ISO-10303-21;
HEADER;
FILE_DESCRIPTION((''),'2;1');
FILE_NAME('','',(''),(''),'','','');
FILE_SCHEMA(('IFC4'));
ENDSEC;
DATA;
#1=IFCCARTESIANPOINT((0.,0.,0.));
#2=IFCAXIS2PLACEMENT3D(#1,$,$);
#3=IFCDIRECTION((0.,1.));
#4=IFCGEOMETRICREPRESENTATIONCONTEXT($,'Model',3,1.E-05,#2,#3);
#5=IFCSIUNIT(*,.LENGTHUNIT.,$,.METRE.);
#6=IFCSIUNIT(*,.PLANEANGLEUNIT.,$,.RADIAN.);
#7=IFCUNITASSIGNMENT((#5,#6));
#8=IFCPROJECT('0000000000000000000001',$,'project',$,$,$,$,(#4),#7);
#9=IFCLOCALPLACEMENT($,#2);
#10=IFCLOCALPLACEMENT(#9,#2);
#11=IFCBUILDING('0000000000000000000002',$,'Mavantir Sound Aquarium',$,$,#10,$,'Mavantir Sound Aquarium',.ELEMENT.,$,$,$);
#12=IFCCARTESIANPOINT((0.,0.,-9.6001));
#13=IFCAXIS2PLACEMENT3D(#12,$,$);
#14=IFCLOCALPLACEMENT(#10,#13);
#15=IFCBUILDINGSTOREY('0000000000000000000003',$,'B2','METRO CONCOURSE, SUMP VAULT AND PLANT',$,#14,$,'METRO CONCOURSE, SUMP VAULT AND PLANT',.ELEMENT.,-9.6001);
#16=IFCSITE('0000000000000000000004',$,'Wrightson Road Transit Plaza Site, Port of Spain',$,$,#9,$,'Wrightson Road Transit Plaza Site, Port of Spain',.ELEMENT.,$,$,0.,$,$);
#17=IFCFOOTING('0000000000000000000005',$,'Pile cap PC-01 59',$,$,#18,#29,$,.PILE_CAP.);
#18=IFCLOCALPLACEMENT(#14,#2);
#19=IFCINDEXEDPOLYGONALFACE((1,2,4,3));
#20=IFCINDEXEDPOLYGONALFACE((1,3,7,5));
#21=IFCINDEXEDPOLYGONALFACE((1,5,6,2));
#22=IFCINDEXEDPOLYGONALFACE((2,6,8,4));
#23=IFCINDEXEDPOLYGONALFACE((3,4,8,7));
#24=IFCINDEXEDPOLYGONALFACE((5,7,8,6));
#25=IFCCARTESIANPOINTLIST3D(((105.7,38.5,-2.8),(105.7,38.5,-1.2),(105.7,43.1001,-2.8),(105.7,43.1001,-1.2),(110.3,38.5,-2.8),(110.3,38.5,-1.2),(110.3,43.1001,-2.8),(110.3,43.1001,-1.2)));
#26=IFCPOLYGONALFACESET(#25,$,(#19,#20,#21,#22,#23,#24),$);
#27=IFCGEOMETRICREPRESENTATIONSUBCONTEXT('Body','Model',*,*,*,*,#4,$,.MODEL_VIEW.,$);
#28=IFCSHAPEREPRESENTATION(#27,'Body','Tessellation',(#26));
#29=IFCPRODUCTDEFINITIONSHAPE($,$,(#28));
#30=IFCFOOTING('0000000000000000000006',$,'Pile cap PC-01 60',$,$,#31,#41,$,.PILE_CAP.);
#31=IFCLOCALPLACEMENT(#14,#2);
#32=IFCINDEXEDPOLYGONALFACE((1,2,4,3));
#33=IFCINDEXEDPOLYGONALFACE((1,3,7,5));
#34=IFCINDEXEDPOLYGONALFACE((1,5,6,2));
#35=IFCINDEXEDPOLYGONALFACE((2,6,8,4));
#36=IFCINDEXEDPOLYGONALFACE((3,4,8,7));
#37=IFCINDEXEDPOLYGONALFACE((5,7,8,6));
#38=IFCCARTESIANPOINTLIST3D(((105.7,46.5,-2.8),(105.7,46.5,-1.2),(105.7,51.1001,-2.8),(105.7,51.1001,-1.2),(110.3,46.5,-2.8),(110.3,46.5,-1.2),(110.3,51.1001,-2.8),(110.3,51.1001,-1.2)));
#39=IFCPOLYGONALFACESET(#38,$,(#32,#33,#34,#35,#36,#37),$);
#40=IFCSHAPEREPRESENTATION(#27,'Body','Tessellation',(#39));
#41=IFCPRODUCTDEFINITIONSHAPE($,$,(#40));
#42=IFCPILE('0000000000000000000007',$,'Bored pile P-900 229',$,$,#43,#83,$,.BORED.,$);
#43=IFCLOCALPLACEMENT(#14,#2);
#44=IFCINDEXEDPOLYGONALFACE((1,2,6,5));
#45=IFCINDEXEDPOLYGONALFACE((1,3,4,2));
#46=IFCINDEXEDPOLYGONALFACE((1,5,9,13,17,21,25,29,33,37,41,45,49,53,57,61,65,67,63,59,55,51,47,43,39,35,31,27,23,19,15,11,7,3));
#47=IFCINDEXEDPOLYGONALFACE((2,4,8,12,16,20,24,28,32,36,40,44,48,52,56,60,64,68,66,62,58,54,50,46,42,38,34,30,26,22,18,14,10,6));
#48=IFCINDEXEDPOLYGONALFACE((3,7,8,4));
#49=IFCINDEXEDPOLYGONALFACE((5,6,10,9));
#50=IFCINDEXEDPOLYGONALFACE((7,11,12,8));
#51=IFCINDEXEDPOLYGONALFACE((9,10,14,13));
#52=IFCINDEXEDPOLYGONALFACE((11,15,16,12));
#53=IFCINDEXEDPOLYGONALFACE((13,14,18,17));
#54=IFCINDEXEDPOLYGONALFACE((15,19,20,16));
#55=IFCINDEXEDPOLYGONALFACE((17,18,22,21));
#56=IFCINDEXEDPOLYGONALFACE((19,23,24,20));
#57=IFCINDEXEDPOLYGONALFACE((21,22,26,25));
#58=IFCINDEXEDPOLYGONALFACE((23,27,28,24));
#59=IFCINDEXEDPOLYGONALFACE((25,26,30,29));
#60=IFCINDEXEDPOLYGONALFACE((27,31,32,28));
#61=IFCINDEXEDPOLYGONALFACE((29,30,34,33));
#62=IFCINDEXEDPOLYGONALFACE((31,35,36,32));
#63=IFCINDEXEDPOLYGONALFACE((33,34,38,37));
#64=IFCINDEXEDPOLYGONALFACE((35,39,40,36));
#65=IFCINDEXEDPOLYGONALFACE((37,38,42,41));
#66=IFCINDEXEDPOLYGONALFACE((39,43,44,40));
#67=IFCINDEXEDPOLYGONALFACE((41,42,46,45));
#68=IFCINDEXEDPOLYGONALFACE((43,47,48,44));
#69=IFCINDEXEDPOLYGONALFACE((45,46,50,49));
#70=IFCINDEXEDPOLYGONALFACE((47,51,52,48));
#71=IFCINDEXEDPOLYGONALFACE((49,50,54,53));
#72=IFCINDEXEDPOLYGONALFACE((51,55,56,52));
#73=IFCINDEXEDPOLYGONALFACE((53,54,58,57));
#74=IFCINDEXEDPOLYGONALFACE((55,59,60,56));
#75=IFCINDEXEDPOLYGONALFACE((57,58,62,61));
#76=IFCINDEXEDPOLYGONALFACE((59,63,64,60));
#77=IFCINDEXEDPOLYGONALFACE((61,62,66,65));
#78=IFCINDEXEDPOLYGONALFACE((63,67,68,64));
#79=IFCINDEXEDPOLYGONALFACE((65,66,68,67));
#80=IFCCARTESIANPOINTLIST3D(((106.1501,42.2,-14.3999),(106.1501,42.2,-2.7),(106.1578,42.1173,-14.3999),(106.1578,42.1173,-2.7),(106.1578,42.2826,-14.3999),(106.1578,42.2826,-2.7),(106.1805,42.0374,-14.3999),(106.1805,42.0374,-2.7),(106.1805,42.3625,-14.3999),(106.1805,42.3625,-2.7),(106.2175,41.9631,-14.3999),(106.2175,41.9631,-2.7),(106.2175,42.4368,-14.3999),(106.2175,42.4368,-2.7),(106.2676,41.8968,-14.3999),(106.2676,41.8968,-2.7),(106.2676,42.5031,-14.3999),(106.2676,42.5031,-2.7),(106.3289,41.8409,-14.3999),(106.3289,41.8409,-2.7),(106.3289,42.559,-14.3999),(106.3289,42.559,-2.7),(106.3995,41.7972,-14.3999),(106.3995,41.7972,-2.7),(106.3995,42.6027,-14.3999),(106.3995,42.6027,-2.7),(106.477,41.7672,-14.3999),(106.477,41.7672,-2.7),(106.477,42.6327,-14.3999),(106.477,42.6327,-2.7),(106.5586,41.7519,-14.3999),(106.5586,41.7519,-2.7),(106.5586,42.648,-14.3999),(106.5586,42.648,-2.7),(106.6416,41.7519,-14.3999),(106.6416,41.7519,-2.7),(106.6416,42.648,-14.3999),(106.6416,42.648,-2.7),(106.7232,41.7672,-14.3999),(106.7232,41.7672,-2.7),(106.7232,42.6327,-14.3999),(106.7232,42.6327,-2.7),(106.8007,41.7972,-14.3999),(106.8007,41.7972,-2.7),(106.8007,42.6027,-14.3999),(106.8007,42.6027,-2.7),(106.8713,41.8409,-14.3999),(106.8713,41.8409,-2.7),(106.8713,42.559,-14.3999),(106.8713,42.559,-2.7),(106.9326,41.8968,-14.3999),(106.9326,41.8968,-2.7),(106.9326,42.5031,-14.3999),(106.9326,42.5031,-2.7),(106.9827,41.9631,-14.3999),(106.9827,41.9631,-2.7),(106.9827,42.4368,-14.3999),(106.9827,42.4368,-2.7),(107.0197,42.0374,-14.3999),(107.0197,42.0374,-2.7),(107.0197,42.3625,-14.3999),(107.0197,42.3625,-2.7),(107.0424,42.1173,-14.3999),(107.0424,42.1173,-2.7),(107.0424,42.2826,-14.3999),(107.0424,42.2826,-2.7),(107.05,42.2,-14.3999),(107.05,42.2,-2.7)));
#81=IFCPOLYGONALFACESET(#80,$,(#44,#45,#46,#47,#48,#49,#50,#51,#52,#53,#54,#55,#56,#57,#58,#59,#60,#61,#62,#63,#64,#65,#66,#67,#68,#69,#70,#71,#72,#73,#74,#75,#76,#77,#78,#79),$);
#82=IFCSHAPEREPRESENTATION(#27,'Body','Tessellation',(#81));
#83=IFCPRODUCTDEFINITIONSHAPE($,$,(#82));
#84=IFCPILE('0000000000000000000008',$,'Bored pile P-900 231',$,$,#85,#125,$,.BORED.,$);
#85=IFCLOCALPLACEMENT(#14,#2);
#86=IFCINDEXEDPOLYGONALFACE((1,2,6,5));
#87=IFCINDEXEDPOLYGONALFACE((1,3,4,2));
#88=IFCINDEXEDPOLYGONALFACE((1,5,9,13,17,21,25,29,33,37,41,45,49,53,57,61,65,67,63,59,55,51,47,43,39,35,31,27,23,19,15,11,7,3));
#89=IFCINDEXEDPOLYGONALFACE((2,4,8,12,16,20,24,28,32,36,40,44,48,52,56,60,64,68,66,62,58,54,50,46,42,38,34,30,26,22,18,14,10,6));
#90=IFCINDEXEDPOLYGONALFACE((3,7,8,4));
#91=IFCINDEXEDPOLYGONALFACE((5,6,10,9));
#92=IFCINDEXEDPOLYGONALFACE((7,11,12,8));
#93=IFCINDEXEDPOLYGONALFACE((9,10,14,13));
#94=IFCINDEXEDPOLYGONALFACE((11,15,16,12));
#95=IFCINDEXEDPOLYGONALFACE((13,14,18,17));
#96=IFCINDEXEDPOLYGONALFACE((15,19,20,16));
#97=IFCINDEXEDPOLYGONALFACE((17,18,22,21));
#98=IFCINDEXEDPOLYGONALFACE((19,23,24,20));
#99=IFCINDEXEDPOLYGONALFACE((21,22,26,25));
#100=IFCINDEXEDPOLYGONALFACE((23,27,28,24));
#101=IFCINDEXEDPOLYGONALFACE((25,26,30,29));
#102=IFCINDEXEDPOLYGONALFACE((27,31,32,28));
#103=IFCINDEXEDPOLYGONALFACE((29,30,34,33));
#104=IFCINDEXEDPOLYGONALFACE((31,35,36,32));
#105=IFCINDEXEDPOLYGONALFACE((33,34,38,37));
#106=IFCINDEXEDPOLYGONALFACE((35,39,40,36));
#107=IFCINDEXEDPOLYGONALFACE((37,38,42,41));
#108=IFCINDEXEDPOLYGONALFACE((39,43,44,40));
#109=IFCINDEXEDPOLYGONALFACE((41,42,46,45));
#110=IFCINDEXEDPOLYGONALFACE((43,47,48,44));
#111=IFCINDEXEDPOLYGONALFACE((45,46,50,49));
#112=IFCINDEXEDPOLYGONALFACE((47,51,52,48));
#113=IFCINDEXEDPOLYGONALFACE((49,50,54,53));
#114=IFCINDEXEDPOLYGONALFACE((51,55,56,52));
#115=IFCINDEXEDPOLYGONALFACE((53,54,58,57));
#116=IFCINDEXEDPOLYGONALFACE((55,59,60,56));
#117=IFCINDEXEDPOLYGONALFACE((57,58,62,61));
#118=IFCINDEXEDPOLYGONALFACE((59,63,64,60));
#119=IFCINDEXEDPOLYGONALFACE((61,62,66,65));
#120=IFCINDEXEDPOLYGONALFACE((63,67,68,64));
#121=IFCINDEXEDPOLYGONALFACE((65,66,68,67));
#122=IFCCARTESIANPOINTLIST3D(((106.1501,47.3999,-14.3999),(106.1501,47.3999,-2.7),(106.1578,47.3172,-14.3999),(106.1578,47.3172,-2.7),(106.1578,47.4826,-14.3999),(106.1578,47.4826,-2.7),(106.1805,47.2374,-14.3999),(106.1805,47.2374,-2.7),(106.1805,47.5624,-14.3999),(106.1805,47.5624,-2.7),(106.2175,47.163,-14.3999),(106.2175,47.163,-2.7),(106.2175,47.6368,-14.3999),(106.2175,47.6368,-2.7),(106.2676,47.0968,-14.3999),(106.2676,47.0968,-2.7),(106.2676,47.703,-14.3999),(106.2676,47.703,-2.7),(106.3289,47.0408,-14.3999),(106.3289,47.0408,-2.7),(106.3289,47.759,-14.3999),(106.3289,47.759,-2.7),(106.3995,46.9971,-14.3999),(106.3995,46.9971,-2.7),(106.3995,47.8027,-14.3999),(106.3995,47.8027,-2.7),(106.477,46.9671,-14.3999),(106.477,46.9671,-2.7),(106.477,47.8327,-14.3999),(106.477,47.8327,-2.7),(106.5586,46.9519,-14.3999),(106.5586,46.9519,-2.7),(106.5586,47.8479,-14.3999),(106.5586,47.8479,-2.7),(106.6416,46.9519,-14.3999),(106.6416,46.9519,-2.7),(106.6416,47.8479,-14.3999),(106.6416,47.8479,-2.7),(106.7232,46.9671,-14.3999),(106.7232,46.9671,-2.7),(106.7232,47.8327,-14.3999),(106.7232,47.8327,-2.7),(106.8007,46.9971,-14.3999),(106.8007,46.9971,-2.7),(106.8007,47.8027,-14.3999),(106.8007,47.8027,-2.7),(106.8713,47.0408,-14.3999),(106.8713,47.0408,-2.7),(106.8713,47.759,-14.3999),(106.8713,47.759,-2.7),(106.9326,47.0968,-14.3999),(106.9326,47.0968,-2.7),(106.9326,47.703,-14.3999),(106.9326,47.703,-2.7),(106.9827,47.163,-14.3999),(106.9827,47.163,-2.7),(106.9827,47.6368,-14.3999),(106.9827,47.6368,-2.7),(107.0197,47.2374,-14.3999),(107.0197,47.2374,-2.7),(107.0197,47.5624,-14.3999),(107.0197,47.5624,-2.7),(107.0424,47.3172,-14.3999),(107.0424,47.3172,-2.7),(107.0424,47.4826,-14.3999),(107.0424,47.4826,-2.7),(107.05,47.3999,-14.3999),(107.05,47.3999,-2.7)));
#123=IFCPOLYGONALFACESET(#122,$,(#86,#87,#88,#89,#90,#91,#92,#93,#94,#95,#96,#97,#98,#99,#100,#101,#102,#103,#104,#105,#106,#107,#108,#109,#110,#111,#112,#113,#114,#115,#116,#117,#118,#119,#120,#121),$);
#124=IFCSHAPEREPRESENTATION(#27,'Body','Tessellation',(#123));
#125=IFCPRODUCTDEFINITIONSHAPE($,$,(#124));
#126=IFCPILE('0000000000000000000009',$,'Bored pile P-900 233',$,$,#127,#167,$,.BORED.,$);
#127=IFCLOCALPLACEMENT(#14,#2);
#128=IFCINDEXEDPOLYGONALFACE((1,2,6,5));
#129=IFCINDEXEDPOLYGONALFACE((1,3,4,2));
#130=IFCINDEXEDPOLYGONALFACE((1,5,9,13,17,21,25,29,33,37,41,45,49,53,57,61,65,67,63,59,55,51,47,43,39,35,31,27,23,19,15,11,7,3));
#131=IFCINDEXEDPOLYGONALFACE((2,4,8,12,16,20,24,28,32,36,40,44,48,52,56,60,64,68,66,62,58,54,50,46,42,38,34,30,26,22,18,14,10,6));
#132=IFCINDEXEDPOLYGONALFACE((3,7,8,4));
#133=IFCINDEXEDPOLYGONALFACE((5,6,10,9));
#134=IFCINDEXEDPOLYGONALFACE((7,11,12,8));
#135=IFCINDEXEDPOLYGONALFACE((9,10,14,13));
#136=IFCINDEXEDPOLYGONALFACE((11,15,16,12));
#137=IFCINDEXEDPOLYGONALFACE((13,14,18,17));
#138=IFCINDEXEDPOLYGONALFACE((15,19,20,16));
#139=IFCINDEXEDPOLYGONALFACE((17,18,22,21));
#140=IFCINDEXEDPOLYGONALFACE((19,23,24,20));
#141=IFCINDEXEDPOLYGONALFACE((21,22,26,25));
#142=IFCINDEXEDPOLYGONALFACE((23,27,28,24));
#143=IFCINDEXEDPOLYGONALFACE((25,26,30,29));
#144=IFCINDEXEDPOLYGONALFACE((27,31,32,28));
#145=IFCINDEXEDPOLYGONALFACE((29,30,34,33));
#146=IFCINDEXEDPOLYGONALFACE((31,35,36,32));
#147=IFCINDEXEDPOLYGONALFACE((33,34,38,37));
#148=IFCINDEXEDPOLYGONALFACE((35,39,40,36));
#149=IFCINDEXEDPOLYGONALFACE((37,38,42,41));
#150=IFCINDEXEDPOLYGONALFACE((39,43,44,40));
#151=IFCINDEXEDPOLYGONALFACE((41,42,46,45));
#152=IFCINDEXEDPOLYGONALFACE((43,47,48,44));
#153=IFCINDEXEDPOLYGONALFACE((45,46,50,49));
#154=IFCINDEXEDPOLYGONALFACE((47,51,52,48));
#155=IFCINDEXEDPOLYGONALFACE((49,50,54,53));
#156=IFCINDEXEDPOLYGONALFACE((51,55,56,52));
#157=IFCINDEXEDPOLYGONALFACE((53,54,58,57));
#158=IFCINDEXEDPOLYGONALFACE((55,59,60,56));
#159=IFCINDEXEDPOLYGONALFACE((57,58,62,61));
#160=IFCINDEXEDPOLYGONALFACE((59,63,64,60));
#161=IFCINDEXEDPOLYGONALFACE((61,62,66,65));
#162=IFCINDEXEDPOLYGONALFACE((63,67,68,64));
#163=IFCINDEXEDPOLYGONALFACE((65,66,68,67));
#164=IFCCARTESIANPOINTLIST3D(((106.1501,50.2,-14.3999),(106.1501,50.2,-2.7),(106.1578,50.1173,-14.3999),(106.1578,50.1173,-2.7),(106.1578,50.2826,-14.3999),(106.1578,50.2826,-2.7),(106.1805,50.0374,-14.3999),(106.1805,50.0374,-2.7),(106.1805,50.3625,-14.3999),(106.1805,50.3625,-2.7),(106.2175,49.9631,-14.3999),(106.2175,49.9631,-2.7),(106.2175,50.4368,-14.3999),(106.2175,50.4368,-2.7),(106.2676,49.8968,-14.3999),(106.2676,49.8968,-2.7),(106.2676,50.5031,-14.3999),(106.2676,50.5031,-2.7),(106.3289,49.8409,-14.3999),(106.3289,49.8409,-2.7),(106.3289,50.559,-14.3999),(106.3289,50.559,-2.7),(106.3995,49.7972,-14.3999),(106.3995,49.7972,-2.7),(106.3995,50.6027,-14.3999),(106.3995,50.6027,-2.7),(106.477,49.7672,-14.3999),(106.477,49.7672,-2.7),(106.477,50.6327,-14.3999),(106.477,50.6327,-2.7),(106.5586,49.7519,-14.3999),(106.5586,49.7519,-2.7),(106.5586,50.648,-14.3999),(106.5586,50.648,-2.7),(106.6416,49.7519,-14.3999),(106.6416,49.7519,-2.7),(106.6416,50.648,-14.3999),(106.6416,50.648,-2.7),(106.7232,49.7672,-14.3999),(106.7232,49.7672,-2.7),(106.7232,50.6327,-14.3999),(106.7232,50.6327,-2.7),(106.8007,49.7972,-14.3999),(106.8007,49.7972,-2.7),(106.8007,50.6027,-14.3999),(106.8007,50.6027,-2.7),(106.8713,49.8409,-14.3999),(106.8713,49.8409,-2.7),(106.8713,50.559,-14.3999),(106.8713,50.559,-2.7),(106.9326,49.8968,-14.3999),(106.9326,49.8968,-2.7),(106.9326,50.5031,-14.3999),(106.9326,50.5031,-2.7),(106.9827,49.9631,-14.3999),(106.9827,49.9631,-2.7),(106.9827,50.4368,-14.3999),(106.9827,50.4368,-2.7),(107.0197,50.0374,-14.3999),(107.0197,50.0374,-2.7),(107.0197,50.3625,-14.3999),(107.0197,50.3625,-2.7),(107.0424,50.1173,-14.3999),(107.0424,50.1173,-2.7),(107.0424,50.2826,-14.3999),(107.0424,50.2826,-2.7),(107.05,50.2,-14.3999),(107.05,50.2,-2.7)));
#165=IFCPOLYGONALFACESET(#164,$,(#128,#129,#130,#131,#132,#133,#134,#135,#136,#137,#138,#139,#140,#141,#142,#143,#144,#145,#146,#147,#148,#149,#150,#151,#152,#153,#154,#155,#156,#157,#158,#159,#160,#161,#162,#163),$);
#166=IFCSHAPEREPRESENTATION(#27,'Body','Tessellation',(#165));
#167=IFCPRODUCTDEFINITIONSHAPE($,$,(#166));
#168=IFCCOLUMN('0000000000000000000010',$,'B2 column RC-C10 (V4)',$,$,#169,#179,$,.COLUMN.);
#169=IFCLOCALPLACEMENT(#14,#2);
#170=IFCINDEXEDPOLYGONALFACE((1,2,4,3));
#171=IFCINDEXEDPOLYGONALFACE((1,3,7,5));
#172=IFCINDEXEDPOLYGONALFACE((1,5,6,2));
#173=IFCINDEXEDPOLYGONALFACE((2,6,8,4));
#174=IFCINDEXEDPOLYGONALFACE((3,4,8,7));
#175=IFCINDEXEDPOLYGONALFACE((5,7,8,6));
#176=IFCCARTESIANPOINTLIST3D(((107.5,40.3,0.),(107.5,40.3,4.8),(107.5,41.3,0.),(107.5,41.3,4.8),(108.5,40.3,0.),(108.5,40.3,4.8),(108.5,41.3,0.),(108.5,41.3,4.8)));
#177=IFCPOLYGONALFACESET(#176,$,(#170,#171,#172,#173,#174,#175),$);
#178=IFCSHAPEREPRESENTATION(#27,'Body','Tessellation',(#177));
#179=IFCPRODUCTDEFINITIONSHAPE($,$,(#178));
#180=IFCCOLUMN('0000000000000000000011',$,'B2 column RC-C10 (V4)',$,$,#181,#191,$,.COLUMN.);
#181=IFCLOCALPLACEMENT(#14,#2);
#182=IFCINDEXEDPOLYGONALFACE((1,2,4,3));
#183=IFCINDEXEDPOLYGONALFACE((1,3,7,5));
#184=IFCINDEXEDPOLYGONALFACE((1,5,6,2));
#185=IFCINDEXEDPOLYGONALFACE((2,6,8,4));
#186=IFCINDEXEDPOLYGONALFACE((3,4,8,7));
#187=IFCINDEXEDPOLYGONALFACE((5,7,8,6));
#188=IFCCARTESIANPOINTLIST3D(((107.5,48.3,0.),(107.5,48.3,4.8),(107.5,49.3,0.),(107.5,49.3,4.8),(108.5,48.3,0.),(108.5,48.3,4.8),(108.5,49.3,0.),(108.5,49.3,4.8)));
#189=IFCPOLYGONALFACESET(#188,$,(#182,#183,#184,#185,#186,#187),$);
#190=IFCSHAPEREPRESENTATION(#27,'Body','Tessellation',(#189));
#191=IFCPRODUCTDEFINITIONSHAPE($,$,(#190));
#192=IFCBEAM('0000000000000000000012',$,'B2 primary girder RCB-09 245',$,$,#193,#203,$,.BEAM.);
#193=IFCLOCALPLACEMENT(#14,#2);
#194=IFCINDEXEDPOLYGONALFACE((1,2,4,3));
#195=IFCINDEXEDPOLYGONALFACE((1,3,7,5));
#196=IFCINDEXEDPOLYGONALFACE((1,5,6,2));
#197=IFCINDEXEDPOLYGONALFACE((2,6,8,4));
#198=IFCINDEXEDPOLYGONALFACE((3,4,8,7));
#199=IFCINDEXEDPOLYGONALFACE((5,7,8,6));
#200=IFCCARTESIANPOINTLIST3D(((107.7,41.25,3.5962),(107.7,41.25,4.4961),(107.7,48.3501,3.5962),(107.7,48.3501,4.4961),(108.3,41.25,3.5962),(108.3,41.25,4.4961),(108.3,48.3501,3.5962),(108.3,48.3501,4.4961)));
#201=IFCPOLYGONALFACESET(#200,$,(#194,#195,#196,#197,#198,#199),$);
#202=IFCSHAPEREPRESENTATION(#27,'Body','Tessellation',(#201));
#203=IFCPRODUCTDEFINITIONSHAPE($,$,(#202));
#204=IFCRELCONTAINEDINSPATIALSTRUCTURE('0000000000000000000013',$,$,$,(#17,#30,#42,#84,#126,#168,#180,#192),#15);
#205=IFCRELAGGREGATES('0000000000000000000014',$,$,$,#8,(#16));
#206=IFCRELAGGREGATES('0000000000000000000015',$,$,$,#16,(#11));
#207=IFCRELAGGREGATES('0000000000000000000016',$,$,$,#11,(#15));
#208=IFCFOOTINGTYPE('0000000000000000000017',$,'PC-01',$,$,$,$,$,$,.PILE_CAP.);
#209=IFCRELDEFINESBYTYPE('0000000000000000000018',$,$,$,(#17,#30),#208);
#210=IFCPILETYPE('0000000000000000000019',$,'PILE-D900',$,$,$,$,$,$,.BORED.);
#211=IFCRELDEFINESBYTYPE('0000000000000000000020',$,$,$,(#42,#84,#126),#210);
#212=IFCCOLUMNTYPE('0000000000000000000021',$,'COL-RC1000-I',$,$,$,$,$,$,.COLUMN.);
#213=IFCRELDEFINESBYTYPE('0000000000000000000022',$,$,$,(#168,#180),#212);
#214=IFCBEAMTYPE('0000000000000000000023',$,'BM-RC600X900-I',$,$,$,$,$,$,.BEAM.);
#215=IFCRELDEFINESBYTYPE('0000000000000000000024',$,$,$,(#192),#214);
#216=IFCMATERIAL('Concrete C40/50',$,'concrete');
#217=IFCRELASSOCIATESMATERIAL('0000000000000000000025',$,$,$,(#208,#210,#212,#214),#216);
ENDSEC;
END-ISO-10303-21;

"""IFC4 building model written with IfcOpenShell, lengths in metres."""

from ifc_helpers import new_model, si_unit, direction, frame, origin, origin_2d, place, context, subcontext, project, spatial, rectangle, circle, extrude, material, material_profile, profile_set, type_object, element, save


model = new_model("IFC4")

# Units and contexts
model_context = context("Model", 3, precision=1e-05, world=origin(), true_north=direction((0.0, 1.0)))
body_context = subcontext(model_context, "Body", "Model", "MODEL_VIEW")
ifc_project = project(units=[si_unit("LENGTHUNIT", "METRE"), si_unit("PLANEANGLEUNIT", "RADIAN")], contexts=[model_context])

# Site, building, storey
site_placement = place(None, origin())
site = spatial("IfcSite", under=ifc_project, at=site_placement, Name="Wrightson Road Transit Plaza Site, Port of Spain", LongName="Wrightson Road Transit Plaza Site, Port of Spain", CompositionType="ELEMENT", RefElevation=0.0)
building_placement = place(site_placement, origin())
building = spatial("IfcBuilding", under=site, at=building_placement, Name="Mavantir Sound Aquarium", LongName="Mavantir Sound Aquarium", CompositionType="ELEMENT")
storey_placement = place(building_placement, frame((0.0, 0.0, -9.6001)))
storey = spatial("IfcBuildingStorey", under=building, at=storey_placement, Name="B2", Description="METRO CONCOURSE, SUMP VAULT AND PLANT", LongName="METRO CONCOURSE, SUMP VAULT AND PLANT", CompositionType="ELEMENT", Elevation=-9.6001)

# Footings
ifc_material_1 = material(Name="Concrete C40/50", Category="concrete")
footing_type = type_object("IfcFootingType", Name="PC-01", PredefinedType="PILE_CAP", material=ifc_material_1)
for number, where, z_axis, x_axis, name in (
    (1, (108.0, 40.8, -2.8), (0.0, 0.0, 1.0), (1.0, 0.0, 0.0), "Pile cap PC-01 59"),
    (2, (108.0, 48.8, -2.8), (0.0, 0.0, 1.0), (1.0, 0.0, 0.0), "Pile cap PC-01 60"),
):
    element("IfcFooting", number, at=place(storey_placement, frame(where, z_axis=z_axis, x_axis=x_axis)), inside=storey, type_object=footing_type, Name=name, PredefinedType="PILE_CAP", context=body_context, shape_type="SweptSolid", body=[
        extrude(rectangle(XDim=4.6001, YDim=4.6001, at=origin_2d()), origin(), (0.0, 0.0, 1.0), 1.6001),
    ])

# Piles
ifc_material_profile_1 = material_profile(ifc_material_1, circle(Radius=0.45, at=origin_2d()), Name="PILE D900")
ifc_profile_set_1 = profile_set([ifc_material_profile_1], Name="Concrete C40/50")
pile_type = type_object("IfcPileType", Name="PILE-D900", PredefinedType="BORED", material=ifc_profile_set_1)
for number, where, z_axis, x_axis, name in (
    (3, (106.6001, 42.2, -2.7), (0.0, 0.0, -1.0), (1.0, 0.0, 0.0), "Bored pile P-900 229"),
    (4, (106.6001, 47.3999, -2.7), (0.0, 0.0, -1.0), (1.0, 0.0, 0.0), "Bored pile P-900 231"),
    (5, (106.6001, 50.2, -2.7), (0.0, 0.0, -1.0), (1.0, 0.0, 0.0), "Bored pile P-900 233"),
):
    element("IfcPile", number, at=place(storey_placement, frame(where, z_axis=z_axis, x_axis=x_axis)), inside=storey, type_object=pile_type, Name=name, PredefinedType="BORED", context=body_context, shape_type="SweptSolid", body=[
        extrude(circle(Radius=0.45, at=origin_2d()), origin(), (0.0, 0.0, 1.0), 11.7),
    ])

# Columns
ifc_material_profile_2 = material_profile(ifc_material_1, rectangle(XDim=1.0, YDim=1.0, at=origin_2d()), Name="RC 1000X1000")
ifc_profile_set_2 = profile_set([ifc_material_profile_2], Name="Concrete C40/50")
column_type = type_object("IfcColumnType", Name="COL-RC1000-I", PredefinedType="COLUMN", material=ifc_profile_set_2)
for number, where, z_axis, x_axis, name in (
    (6, (108.0, 40.8, 0.0), (0.0, 0.0, 1.0), (1.0, 0.0, 0.0), "B2 column RC-C10 (V4)"),
    (7, (108.0, 48.8, 0.0), (0.0, 0.0, 1.0), (1.0, 0.0, 0.0), "B2 column RC-C10 (V4)"),
):
    element("IfcColumn", number, at=place(storey_placement, frame(where, z_axis=z_axis, x_axis=x_axis)), inside=storey, type_object=column_type, Name=name, PredefinedType="COLUMN", context=body_context, shape_type="SweptSolid", body=[
        extrude(rectangle(XDim=1.0, YDim=1.0, at=origin_2d()), origin(), (0.0, 0.0, 1.0), 4.8),
    ])

# Beam
ifc_material_profile_3 = material_profile(ifc_material_1, rectangle(XDim=0.6001, YDim=0.8999, at=origin_2d()), Name="RC 600X900")
ifc_profile_set_3 = profile_set([ifc_material_profile_3], Name="Concrete C40/50")
beam_type_1 = type_object("IfcBeamType", Name="BM-RC600X900-I", PredefinedType="BEAM", material=ifc_profile_set_3)
for number, where, z_axis, x_axis, name in (
    (8, (108.0, 41.25, 4.0461), (0.0, 1.0, 0.0), (-1.0, 0.0, 0.0), "B2 primary girder RCB-09 245"),
):
    element("IfcBeam", number, at=place(storey_placement, frame(where, z_axis=z_axis, x_axis=x_axis)), inside=storey, type_object=beam_type_1, Name=name, PredefinedType="BEAM", context=body_context, shape_type="SweptSolid", body=[
        extrude(rectangle(XDim=0.6001, YDim=0.8999, at=origin_2d()), origin(), (0.0, 0.0, 1.0), 7.1001),
    ])

save(model, "model.ifc")
